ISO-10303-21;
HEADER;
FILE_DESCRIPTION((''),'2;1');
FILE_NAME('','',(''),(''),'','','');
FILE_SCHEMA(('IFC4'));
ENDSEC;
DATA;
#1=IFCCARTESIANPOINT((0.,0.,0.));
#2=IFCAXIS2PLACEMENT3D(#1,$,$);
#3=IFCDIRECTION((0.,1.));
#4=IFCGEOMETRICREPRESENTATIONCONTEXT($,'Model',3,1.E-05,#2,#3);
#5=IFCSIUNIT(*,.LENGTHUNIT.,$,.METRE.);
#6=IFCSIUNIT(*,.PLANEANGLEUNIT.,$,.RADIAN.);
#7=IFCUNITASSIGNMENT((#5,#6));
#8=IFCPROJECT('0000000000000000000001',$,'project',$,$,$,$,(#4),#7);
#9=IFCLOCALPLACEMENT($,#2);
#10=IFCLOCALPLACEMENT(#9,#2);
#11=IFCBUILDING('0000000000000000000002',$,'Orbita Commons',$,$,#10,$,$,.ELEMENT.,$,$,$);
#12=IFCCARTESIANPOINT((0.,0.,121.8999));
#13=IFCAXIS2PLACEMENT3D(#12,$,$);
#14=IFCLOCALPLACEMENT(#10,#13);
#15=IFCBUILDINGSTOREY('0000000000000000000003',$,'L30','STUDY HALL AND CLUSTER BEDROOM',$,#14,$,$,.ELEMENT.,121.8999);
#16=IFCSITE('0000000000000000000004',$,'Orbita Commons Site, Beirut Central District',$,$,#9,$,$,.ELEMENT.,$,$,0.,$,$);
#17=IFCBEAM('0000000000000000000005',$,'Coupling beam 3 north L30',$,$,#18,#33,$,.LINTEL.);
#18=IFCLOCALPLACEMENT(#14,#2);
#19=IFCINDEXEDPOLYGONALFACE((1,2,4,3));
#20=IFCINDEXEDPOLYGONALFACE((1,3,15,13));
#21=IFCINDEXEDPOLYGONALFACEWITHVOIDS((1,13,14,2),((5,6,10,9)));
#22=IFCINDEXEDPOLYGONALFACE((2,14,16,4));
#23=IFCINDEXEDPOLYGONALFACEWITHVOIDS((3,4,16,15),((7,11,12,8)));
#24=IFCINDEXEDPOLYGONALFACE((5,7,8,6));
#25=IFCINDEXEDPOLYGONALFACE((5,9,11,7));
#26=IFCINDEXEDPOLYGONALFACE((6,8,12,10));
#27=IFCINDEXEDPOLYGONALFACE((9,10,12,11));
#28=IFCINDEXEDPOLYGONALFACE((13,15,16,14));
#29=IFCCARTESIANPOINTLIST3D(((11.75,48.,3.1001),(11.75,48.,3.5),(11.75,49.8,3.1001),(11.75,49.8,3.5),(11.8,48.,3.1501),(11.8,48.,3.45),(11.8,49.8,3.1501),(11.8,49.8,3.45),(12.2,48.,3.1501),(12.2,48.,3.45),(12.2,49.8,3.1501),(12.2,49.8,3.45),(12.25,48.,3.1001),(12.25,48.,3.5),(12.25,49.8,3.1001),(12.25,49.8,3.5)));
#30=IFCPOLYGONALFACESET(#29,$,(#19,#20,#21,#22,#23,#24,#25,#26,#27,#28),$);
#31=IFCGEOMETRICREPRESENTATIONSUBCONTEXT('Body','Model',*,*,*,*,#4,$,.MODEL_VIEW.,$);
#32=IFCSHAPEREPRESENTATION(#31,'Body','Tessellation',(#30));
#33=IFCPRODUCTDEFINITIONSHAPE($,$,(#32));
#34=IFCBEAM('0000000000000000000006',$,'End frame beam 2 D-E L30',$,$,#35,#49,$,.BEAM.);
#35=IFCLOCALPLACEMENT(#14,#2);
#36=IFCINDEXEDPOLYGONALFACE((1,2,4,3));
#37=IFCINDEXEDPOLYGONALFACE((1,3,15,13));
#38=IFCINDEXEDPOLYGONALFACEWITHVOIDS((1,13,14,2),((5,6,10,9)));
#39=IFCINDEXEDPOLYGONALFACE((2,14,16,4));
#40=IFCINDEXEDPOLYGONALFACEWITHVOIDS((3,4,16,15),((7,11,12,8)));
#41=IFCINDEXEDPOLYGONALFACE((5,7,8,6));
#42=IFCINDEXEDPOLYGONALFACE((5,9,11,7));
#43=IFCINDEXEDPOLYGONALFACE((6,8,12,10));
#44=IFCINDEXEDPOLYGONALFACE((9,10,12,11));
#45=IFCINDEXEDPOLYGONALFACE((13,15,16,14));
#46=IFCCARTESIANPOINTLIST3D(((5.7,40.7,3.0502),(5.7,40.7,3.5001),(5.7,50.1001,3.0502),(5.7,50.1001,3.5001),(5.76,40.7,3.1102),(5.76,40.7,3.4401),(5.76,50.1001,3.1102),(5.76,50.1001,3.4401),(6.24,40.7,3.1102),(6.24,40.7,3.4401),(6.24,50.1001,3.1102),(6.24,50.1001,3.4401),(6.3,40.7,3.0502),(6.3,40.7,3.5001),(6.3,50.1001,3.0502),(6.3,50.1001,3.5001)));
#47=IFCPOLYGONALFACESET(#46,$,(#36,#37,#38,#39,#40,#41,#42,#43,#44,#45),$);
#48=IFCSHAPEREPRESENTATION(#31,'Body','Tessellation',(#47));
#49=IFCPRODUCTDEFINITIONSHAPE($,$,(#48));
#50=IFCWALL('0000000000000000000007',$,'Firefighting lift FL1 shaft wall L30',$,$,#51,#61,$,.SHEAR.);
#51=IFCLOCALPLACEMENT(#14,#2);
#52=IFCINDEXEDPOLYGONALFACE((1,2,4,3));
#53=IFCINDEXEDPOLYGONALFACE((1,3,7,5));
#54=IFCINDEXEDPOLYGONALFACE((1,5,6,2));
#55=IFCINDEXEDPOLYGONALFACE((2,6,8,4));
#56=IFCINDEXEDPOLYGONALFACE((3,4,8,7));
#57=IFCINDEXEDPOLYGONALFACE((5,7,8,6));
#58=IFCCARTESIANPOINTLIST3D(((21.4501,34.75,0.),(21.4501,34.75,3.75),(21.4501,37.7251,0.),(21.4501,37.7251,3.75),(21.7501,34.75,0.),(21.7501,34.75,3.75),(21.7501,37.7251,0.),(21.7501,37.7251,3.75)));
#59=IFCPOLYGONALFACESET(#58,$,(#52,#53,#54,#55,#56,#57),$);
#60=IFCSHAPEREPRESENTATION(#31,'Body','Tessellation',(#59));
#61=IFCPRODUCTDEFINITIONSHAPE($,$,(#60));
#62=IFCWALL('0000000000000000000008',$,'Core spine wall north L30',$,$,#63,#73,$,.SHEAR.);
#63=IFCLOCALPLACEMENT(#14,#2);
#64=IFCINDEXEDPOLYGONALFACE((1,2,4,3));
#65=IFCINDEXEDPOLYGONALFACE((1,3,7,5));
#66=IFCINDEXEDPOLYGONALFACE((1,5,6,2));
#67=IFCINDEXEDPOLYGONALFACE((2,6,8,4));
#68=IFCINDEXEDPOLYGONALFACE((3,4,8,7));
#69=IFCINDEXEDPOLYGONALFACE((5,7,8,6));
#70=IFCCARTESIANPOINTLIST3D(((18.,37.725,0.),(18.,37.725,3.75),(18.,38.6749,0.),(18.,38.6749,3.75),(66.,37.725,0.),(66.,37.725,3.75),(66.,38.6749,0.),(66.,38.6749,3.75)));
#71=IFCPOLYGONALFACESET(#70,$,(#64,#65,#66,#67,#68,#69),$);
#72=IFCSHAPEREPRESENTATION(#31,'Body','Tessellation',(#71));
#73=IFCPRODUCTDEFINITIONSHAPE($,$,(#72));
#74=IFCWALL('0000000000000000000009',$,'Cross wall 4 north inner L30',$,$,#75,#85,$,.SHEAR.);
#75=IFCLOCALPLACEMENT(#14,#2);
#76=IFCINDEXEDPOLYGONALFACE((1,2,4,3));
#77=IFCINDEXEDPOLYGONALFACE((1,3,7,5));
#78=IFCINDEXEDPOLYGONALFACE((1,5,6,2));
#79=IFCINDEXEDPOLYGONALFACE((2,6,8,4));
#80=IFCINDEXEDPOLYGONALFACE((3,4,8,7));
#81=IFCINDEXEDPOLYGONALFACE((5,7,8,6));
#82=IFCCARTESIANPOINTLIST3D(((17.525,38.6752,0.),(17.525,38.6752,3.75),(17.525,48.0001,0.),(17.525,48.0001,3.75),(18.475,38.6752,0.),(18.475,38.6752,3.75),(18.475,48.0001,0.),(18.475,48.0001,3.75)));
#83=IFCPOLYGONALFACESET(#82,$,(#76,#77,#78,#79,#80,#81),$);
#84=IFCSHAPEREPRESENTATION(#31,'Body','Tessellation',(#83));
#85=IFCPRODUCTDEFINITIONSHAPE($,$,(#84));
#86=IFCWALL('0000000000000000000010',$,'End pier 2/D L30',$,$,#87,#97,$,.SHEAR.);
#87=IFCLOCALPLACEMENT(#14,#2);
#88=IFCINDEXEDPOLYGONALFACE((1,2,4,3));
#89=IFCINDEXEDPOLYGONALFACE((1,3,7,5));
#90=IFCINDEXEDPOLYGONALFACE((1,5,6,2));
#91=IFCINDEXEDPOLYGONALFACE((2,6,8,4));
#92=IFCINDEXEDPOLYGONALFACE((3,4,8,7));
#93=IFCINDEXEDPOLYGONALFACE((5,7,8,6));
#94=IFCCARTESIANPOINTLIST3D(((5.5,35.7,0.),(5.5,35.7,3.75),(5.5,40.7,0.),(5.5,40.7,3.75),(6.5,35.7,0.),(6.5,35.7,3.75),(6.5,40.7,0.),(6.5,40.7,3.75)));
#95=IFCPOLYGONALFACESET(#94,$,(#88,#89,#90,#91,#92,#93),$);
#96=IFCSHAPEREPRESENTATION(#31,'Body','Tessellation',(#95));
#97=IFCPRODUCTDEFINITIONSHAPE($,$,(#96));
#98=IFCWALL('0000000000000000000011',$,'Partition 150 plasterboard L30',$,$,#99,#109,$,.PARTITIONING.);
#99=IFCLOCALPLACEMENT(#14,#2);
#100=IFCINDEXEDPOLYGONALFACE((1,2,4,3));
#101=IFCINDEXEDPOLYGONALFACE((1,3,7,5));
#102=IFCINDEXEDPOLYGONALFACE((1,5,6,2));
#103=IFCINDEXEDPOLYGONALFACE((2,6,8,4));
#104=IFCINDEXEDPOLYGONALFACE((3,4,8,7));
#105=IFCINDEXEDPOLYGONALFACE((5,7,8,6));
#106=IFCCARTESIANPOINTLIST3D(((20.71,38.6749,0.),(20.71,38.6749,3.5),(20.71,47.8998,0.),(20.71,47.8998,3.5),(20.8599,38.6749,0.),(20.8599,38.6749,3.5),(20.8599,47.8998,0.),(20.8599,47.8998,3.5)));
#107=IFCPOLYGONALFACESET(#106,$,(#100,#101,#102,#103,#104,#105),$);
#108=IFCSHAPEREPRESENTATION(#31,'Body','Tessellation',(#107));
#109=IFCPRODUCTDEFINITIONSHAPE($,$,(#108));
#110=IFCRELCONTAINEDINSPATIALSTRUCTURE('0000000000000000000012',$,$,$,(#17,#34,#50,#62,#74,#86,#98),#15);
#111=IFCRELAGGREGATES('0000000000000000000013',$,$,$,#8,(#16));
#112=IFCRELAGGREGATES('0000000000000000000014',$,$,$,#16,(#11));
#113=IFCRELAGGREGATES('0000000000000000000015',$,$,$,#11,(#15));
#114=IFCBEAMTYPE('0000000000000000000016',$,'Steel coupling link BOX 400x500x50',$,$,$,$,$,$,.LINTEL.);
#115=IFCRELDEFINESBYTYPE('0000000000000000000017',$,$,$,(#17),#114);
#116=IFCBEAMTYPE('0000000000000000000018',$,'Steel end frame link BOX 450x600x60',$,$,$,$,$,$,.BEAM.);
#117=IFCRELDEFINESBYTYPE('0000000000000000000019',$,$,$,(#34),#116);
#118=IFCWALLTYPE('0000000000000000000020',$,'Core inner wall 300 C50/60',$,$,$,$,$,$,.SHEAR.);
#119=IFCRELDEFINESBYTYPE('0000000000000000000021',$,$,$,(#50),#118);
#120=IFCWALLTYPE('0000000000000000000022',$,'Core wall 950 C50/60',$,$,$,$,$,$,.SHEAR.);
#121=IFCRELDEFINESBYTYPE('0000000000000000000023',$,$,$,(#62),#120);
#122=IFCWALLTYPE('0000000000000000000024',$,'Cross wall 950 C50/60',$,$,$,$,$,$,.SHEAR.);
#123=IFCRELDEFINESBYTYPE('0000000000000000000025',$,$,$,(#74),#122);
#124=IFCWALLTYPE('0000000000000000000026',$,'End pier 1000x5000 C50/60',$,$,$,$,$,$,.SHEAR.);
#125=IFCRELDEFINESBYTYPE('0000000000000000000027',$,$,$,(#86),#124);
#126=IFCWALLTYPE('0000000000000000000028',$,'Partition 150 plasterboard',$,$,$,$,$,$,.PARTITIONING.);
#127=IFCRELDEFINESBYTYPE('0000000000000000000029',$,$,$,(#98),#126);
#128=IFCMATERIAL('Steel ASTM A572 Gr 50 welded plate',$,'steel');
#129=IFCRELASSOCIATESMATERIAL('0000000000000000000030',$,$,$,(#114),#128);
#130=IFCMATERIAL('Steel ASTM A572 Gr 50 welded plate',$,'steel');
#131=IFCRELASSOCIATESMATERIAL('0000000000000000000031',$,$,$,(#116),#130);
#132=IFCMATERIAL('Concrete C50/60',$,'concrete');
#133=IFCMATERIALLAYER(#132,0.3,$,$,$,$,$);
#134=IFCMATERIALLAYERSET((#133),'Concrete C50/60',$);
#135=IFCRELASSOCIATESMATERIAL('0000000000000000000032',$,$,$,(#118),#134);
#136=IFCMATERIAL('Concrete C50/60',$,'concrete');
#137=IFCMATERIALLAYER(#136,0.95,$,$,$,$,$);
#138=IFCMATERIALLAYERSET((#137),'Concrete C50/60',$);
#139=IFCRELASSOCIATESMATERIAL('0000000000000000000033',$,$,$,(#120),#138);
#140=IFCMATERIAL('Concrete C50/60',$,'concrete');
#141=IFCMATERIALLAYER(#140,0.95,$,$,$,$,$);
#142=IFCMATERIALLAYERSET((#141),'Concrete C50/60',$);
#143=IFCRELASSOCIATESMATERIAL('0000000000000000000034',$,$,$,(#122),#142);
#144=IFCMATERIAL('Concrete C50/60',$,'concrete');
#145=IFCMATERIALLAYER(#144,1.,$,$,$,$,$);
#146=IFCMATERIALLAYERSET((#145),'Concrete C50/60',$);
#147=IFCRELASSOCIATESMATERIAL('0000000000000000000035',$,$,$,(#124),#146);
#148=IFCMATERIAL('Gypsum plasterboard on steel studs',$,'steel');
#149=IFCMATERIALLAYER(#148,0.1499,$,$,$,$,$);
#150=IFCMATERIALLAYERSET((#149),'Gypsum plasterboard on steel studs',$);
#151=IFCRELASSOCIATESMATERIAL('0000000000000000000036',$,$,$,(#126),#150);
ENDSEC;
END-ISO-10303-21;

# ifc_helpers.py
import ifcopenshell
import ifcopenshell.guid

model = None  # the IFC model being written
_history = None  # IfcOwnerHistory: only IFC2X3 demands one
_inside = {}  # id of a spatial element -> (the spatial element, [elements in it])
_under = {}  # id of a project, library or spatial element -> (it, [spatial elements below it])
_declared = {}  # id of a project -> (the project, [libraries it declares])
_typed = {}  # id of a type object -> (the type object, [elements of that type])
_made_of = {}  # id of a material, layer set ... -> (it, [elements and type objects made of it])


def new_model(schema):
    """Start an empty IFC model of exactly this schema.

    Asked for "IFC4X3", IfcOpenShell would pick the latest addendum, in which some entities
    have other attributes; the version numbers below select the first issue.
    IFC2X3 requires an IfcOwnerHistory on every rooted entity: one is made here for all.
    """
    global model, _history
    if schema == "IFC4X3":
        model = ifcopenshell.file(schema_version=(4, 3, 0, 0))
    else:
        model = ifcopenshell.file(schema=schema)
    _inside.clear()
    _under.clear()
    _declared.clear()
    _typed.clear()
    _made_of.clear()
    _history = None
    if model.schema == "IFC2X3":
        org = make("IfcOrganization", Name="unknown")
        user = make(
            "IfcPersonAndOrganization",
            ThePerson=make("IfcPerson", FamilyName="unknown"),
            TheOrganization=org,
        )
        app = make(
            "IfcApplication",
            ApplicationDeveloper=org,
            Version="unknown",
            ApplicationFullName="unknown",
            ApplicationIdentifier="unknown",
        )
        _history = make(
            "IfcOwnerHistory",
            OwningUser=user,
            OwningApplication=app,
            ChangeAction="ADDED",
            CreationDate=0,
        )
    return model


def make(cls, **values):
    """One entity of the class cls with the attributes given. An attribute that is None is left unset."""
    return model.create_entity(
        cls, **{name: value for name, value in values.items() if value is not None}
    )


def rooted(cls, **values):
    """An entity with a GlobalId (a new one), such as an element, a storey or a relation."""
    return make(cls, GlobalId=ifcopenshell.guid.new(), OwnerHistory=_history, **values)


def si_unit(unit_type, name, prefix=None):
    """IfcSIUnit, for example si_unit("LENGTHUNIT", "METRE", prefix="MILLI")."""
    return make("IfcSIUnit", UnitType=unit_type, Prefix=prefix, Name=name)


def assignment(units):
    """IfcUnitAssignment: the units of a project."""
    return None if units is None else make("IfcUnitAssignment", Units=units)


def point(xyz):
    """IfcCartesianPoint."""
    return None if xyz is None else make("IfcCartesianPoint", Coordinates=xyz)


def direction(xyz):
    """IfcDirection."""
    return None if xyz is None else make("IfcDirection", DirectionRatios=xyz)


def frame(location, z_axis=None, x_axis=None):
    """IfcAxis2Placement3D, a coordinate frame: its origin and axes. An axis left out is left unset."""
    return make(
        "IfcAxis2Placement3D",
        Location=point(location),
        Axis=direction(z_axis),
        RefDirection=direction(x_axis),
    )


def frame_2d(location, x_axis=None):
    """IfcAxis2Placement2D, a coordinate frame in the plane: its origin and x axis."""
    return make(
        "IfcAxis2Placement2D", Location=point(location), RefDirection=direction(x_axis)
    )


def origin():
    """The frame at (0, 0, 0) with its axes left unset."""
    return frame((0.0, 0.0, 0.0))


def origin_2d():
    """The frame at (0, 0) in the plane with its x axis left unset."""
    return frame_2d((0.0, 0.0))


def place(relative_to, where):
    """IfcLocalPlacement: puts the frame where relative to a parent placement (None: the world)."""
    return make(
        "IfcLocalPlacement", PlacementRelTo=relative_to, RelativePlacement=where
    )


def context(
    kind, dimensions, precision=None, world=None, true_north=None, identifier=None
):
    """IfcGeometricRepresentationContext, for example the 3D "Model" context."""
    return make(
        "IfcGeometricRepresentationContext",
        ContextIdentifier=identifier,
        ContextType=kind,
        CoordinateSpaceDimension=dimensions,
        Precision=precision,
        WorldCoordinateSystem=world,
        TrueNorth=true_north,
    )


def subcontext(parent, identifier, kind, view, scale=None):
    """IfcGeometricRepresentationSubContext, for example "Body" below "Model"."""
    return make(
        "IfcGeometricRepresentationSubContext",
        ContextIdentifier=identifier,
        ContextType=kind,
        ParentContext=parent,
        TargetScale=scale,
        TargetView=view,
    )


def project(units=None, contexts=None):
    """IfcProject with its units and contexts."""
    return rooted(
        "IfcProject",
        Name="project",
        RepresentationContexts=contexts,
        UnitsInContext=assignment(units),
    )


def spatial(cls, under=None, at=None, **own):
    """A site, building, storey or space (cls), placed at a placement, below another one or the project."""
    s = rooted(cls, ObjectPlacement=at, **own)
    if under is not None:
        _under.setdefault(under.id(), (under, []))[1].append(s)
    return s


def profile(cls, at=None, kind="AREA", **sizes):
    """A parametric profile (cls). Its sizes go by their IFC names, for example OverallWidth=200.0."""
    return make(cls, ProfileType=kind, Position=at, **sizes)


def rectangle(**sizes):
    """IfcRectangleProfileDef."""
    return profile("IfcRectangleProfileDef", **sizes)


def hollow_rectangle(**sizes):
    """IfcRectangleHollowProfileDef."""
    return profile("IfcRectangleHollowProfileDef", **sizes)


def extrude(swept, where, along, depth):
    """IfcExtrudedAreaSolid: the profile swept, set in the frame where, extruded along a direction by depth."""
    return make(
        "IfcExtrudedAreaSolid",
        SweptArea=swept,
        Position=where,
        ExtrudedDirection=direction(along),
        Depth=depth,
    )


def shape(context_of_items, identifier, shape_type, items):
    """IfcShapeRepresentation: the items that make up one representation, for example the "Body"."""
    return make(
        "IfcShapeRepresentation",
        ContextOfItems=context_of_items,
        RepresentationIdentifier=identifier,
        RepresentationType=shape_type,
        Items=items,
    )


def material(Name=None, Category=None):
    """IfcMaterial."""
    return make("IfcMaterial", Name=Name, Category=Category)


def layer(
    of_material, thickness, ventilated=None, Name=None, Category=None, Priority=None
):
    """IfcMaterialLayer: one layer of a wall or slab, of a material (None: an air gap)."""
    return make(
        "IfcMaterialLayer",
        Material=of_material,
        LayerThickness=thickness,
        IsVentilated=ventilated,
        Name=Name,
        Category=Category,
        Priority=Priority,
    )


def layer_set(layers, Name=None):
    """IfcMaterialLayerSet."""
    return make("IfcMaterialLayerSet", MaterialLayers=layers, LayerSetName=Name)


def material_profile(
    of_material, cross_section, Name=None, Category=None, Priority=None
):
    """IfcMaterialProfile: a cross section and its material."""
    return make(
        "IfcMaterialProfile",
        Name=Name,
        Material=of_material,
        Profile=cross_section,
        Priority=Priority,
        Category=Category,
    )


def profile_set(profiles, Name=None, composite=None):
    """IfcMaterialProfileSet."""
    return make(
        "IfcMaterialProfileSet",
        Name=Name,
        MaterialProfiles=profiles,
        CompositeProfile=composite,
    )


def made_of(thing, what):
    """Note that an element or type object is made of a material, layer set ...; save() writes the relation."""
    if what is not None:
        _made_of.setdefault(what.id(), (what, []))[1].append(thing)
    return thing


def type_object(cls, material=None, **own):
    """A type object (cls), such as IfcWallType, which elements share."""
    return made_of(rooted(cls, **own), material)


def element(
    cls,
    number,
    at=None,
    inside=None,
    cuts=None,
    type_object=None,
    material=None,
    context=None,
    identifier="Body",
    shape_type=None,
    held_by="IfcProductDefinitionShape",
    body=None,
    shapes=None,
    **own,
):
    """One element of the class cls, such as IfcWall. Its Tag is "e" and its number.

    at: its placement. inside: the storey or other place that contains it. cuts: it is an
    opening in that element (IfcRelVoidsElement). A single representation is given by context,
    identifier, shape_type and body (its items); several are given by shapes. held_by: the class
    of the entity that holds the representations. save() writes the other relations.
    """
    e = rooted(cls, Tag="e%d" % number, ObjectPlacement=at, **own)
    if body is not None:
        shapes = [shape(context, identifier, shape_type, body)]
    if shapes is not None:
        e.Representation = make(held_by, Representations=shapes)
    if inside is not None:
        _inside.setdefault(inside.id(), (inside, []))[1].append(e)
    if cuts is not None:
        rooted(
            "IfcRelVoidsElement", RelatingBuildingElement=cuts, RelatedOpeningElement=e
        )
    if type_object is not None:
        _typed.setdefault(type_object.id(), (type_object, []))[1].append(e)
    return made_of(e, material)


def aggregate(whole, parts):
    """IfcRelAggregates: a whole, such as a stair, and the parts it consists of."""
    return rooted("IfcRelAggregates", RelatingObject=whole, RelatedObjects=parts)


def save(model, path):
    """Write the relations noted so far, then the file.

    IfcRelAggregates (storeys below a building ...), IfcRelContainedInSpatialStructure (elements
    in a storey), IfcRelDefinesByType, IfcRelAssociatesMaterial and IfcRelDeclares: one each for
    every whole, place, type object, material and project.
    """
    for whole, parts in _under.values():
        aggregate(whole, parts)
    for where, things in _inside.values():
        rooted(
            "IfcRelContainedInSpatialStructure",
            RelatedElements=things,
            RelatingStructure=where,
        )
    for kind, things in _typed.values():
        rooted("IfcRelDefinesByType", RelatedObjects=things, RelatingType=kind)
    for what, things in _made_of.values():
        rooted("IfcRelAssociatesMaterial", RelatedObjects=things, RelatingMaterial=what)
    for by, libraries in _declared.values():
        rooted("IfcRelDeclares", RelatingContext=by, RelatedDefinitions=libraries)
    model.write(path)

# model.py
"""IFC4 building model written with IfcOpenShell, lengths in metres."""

from ifc_helpers import new_model, si_unit, direction, frame, frame_2d, origin, origin_2d, place, context, subcontext, project, spatial, rectangle, hollow_rectangle, extrude, material, layer, layer_set, material_profile, profile_set, type_object, element, save


model = new_model("IFC4")

# Units and contexts
model_context = context("Model", 3, precision=1e-05, world=origin(), true_north=direction((0.0, 1.0)))
body_context = subcontext(model_context, "Body", "Model", "MODEL_VIEW")
ifc_project = project(units=[si_unit("LENGTHUNIT", "METRE"), si_unit("PLANEANGLEUNIT", "RADIAN")], contexts=[model_context])

# Site, building, storey
site_placement = place(None, origin())
site = spatial("IfcSite", under=ifc_project, at=site_placement, Name="Orbita Commons Site, Beirut Central District", CompositionType="ELEMENT", RefElevation=0.0)
building_placement = place(site_placement, origin())
building = spatial("IfcBuilding", under=site, at=building_placement, Name="Orbita Commons", CompositionType="ELEMENT")
storey_placement = place(building_placement, frame((0.0, 0.0, 121.8999)))
storey = spatial("IfcBuildingStorey", under=building, at=storey_placement, Name="L30", Description="STUDY HALL AND CLUSTER BEDROOM", CompositionType="ELEMENT", Elevation=121.8999)

# Beams
ifc_material_1 = material(Name="Steel ASTM A572 Gr 50 welded plate", Category="steel")
ifc_material_profile_1 = material_profile(ifc_material_1, hollow_rectangle(XDim=0.5, YDim=0.3999, WallThickness=0.05, at=origin_2d()), Name="BOX 400x500x50")
ifc_profile_set_1 = profile_set([ifc_material_profile_1], Name="Steel ASTM A572 Gr 50 welded plate")
beam_type_1 = type_object("IfcBeamType", Name="Steel coupling link BOX 400x500x50", PredefinedType="LINTEL", material=ifc_profile_set_1)
beam_1_placement = place(storey_placement, frame((12.0, 48.0, 3.3), z_axis=(0.0, 1.0, 0.0), x_axis=(-1.0, 0.0, 0.0)))
element("IfcBeam", 1, at=beam_1_placement, inside=storey, type_object=beam_type_1, Name="Coupling beam 3 north L30", PredefinedType="LINTEL", context=body_context, shape_type="SweptSolid", body=[
    extrude(hollow_rectangle(XDim=0.5, YDim=0.3999, WallThickness=0.05, at=origin_2d()), origin(), (0.0, 0.0, 1.0), 1.8),
])
ifc_material_2 = material(Name="Steel ASTM A572 Gr 50 welded plate", Category="steel")
ifc_material_profile_2 = material_profile(ifc_material_2, hollow_rectangle(XDim=0.6001, YDim=0.45, WallThickness=0.0601, at=origin_2d()), Name="BOX 450x600x60")
ifc_profile_set_2 = profile_set([ifc_material_profile_2], Name="Steel ASTM A572 Gr 50 welded plate")
beam_type_2 = type_object("IfcBeamType", Name="Steel end frame link BOX 450x600x60", PredefinedType="BEAM", material=ifc_profile_set_2)
beam_2_placement = place(storey_placement, frame((6.0, 40.7, 3.2751), z_axis=(0.0, 1.0, 0.0), x_axis=(-1.0, 0.0, 0.0)))
element("IfcBeam", 2, at=beam_2_placement, inside=storey, type_object=beam_type_2, Name="End frame beam 2 D-E L30", PredefinedType="BEAM", context=body_context, shape_type="SweptSolid", body=[
    extrude(hollow_rectangle(XDim=0.6001, YDim=0.45, WallThickness=0.0601, at=origin_2d()), origin(), (0.0, 0.0, 1.0), 9.4001),
])

# Walls
ifc_material_3 = material(Name="Concrete C50/60", Category="concrete")
ifc_layer_1 = layer(ifc_material_3, 0.3)
ifc_layer_set_1 = layer_set([ifc_layer_1], Name="Concrete C50/60")
wall_type_1 = type_object("IfcWallType", Name="Core inner wall 300 C50/60", PredefinedType="SHEAR", material=ifc_layer_set_1)
wall_1_placement = place(storey_placement, frame((21.6001, 34.75, 0.0), z_axis=(0.0, 0.0, 1.0), x_axis=(0.0, 1.0, 0.0)))
element("IfcWall", 3, at=wall_1_placement, inside=storey, type_object=wall_type_1, Name="Firefighting lift FL1 shaft wall L30", PredefinedType="SHEAR", context=body_context, shape_type="SweptSolid", body=[
    extrude(rectangle(XDim=2.9751, YDim=0.3, at=frame_2d((1.4875, 0.0))), origin(), (0.0, 0.0, 1.0), 3.75),
])
ifc_material_4 = material(Name="Concrete C50/60", Category="concrete")
ifc_layer_2 = layer(ifc_material_4, 0.95)
ifc_layer_set_2 = layer_set([ifc_layer_2], Name="Concrete C50/60")
wall_type_2 = type_object("IfcWallType", Name="Core wall 950 C50/60", PredefinedType="SHEAR", material=ifc_layer_set_2)
wall_2_placement = place(storey_placement, frame((18.0, 38.2, 0.0), z_axis=(0.0, 0.0, 1.0), x_axis=(1.0, 0.0, 0.0)))
element("IfcWall", 4, at=wall_2_placement, inside=storey, type_object=wall_type_2, Name="Core spine wall north L30", PredefinedType="SHEAR", context=body_context, shape_type="SweptSolid", body=[
    extrude(rectangle(XDim=48.0, YDim=0.95, at=frame_2d((24.0, 0.0))), origin(), (0.0, 0.0, 1.0), 3.75),
])
ifc_material_5 = material(Name="Concrete C50/60", Category="concrete")
ifc_layer_3 = layer(ifc_material_5, 0.95)
ifc_layer_set_3 = layer_set([ifc_layer_3], Name="Concrete C50/60")
wall_type_3 = type_object("IfcWallType", Name="Cross wall 950 C50/60", PredefinedType="SHEAR", material=ifc_layer_set_3)
wall_3_placement = place(storey_placement, frame((18.0, 38.675, 0.0), z_axis=(0.0, 0.0, 1.0), x_axis=(0.0, 1.0, 0.0)))
element("IfcWall", 5, at=wall_3_placement, inside=storey, type_object=wall_type_3, Name="Cross wall 4 north inner L30", PredefinedType="SHEAR", context=body_context, shape_type="SweptSolid", body=[
    extrude(rectangle(XDim=9.325, YDim=0.95, at=frame_2d((4.6626, 0.0))), origin(), (0.0, 0.0, 1.0), 3.75),
])
ifc_material_6 = material(Name="Concrete C50/60", Category="concrete")
ifc_layer_4 = layer(ifc_material_6, 1.0)
ifc_layer_set_4 = layer_set([ifc_layer_4], Name="Concrete C50/60")
wall_type_4 = type_object("IfcWallType", Name="End pier 1000x5000 C50/60", PredefinedType="SHEAR", material=ifc_layer_set_4)
wall_4_placement = place(storey_placement, frame((6.0, 35.7, 0.0), z_axis=(0.0, 0.0, 1.0), x_axis=(0.0, 1.0, 0.0)))
element("IfcWall", 6, at=wall_4_placement, inside=storey, type_object=wall_type_4, Name="End pier 2/D L30", PredefinedType="SHEAR", context=body_context, shape_type="SweptSolid", body=[
    extrude(rectangle(XDim=5.0, YDim=1.0, at=frame_2d((2.5, 0.0))), origin(), (0.0, 0.0, 1.0), 3.75),
])
ifc_material_7 = material(Name="Gypsum plasterboard on steel studs", Category="steel")
ifc_layer_5 = layer(ifc_material_7, 0.1499)
ifc_layer_set_5 = layer_set([ifc_layer_5], Name="Gypsum plasterboard on steel studs")
wall_type_5 = type_object("IfcWallType", Name="Partition 150 plasterboard", PredefinedType="PARTITIONING", material=ifc_layer_set_5)
wall_5_placement = place(storey_placement, frame((20.7849, 38.675, 0.0), z_axis=(0.0, 0.0, 1.0), x_axis=(0.0, 1.0, 0.0)))
element("IfcWall", 7, at=wall_5_placement, inside=storey, type_object=wall_type_5, Name="Partition 150 plasterboard L30", PredefinedType="PARTITIONING", context=body_context, shape_type="SweptSolid", body=[
    extrude(rectangle(XDim=9.2249, YDim=0.1499, at=frame_2d((4.6123, 0.0))), origin(), (0.0, 0.0, 1.0), 3.5),
])

save(model, "model.ifc")
